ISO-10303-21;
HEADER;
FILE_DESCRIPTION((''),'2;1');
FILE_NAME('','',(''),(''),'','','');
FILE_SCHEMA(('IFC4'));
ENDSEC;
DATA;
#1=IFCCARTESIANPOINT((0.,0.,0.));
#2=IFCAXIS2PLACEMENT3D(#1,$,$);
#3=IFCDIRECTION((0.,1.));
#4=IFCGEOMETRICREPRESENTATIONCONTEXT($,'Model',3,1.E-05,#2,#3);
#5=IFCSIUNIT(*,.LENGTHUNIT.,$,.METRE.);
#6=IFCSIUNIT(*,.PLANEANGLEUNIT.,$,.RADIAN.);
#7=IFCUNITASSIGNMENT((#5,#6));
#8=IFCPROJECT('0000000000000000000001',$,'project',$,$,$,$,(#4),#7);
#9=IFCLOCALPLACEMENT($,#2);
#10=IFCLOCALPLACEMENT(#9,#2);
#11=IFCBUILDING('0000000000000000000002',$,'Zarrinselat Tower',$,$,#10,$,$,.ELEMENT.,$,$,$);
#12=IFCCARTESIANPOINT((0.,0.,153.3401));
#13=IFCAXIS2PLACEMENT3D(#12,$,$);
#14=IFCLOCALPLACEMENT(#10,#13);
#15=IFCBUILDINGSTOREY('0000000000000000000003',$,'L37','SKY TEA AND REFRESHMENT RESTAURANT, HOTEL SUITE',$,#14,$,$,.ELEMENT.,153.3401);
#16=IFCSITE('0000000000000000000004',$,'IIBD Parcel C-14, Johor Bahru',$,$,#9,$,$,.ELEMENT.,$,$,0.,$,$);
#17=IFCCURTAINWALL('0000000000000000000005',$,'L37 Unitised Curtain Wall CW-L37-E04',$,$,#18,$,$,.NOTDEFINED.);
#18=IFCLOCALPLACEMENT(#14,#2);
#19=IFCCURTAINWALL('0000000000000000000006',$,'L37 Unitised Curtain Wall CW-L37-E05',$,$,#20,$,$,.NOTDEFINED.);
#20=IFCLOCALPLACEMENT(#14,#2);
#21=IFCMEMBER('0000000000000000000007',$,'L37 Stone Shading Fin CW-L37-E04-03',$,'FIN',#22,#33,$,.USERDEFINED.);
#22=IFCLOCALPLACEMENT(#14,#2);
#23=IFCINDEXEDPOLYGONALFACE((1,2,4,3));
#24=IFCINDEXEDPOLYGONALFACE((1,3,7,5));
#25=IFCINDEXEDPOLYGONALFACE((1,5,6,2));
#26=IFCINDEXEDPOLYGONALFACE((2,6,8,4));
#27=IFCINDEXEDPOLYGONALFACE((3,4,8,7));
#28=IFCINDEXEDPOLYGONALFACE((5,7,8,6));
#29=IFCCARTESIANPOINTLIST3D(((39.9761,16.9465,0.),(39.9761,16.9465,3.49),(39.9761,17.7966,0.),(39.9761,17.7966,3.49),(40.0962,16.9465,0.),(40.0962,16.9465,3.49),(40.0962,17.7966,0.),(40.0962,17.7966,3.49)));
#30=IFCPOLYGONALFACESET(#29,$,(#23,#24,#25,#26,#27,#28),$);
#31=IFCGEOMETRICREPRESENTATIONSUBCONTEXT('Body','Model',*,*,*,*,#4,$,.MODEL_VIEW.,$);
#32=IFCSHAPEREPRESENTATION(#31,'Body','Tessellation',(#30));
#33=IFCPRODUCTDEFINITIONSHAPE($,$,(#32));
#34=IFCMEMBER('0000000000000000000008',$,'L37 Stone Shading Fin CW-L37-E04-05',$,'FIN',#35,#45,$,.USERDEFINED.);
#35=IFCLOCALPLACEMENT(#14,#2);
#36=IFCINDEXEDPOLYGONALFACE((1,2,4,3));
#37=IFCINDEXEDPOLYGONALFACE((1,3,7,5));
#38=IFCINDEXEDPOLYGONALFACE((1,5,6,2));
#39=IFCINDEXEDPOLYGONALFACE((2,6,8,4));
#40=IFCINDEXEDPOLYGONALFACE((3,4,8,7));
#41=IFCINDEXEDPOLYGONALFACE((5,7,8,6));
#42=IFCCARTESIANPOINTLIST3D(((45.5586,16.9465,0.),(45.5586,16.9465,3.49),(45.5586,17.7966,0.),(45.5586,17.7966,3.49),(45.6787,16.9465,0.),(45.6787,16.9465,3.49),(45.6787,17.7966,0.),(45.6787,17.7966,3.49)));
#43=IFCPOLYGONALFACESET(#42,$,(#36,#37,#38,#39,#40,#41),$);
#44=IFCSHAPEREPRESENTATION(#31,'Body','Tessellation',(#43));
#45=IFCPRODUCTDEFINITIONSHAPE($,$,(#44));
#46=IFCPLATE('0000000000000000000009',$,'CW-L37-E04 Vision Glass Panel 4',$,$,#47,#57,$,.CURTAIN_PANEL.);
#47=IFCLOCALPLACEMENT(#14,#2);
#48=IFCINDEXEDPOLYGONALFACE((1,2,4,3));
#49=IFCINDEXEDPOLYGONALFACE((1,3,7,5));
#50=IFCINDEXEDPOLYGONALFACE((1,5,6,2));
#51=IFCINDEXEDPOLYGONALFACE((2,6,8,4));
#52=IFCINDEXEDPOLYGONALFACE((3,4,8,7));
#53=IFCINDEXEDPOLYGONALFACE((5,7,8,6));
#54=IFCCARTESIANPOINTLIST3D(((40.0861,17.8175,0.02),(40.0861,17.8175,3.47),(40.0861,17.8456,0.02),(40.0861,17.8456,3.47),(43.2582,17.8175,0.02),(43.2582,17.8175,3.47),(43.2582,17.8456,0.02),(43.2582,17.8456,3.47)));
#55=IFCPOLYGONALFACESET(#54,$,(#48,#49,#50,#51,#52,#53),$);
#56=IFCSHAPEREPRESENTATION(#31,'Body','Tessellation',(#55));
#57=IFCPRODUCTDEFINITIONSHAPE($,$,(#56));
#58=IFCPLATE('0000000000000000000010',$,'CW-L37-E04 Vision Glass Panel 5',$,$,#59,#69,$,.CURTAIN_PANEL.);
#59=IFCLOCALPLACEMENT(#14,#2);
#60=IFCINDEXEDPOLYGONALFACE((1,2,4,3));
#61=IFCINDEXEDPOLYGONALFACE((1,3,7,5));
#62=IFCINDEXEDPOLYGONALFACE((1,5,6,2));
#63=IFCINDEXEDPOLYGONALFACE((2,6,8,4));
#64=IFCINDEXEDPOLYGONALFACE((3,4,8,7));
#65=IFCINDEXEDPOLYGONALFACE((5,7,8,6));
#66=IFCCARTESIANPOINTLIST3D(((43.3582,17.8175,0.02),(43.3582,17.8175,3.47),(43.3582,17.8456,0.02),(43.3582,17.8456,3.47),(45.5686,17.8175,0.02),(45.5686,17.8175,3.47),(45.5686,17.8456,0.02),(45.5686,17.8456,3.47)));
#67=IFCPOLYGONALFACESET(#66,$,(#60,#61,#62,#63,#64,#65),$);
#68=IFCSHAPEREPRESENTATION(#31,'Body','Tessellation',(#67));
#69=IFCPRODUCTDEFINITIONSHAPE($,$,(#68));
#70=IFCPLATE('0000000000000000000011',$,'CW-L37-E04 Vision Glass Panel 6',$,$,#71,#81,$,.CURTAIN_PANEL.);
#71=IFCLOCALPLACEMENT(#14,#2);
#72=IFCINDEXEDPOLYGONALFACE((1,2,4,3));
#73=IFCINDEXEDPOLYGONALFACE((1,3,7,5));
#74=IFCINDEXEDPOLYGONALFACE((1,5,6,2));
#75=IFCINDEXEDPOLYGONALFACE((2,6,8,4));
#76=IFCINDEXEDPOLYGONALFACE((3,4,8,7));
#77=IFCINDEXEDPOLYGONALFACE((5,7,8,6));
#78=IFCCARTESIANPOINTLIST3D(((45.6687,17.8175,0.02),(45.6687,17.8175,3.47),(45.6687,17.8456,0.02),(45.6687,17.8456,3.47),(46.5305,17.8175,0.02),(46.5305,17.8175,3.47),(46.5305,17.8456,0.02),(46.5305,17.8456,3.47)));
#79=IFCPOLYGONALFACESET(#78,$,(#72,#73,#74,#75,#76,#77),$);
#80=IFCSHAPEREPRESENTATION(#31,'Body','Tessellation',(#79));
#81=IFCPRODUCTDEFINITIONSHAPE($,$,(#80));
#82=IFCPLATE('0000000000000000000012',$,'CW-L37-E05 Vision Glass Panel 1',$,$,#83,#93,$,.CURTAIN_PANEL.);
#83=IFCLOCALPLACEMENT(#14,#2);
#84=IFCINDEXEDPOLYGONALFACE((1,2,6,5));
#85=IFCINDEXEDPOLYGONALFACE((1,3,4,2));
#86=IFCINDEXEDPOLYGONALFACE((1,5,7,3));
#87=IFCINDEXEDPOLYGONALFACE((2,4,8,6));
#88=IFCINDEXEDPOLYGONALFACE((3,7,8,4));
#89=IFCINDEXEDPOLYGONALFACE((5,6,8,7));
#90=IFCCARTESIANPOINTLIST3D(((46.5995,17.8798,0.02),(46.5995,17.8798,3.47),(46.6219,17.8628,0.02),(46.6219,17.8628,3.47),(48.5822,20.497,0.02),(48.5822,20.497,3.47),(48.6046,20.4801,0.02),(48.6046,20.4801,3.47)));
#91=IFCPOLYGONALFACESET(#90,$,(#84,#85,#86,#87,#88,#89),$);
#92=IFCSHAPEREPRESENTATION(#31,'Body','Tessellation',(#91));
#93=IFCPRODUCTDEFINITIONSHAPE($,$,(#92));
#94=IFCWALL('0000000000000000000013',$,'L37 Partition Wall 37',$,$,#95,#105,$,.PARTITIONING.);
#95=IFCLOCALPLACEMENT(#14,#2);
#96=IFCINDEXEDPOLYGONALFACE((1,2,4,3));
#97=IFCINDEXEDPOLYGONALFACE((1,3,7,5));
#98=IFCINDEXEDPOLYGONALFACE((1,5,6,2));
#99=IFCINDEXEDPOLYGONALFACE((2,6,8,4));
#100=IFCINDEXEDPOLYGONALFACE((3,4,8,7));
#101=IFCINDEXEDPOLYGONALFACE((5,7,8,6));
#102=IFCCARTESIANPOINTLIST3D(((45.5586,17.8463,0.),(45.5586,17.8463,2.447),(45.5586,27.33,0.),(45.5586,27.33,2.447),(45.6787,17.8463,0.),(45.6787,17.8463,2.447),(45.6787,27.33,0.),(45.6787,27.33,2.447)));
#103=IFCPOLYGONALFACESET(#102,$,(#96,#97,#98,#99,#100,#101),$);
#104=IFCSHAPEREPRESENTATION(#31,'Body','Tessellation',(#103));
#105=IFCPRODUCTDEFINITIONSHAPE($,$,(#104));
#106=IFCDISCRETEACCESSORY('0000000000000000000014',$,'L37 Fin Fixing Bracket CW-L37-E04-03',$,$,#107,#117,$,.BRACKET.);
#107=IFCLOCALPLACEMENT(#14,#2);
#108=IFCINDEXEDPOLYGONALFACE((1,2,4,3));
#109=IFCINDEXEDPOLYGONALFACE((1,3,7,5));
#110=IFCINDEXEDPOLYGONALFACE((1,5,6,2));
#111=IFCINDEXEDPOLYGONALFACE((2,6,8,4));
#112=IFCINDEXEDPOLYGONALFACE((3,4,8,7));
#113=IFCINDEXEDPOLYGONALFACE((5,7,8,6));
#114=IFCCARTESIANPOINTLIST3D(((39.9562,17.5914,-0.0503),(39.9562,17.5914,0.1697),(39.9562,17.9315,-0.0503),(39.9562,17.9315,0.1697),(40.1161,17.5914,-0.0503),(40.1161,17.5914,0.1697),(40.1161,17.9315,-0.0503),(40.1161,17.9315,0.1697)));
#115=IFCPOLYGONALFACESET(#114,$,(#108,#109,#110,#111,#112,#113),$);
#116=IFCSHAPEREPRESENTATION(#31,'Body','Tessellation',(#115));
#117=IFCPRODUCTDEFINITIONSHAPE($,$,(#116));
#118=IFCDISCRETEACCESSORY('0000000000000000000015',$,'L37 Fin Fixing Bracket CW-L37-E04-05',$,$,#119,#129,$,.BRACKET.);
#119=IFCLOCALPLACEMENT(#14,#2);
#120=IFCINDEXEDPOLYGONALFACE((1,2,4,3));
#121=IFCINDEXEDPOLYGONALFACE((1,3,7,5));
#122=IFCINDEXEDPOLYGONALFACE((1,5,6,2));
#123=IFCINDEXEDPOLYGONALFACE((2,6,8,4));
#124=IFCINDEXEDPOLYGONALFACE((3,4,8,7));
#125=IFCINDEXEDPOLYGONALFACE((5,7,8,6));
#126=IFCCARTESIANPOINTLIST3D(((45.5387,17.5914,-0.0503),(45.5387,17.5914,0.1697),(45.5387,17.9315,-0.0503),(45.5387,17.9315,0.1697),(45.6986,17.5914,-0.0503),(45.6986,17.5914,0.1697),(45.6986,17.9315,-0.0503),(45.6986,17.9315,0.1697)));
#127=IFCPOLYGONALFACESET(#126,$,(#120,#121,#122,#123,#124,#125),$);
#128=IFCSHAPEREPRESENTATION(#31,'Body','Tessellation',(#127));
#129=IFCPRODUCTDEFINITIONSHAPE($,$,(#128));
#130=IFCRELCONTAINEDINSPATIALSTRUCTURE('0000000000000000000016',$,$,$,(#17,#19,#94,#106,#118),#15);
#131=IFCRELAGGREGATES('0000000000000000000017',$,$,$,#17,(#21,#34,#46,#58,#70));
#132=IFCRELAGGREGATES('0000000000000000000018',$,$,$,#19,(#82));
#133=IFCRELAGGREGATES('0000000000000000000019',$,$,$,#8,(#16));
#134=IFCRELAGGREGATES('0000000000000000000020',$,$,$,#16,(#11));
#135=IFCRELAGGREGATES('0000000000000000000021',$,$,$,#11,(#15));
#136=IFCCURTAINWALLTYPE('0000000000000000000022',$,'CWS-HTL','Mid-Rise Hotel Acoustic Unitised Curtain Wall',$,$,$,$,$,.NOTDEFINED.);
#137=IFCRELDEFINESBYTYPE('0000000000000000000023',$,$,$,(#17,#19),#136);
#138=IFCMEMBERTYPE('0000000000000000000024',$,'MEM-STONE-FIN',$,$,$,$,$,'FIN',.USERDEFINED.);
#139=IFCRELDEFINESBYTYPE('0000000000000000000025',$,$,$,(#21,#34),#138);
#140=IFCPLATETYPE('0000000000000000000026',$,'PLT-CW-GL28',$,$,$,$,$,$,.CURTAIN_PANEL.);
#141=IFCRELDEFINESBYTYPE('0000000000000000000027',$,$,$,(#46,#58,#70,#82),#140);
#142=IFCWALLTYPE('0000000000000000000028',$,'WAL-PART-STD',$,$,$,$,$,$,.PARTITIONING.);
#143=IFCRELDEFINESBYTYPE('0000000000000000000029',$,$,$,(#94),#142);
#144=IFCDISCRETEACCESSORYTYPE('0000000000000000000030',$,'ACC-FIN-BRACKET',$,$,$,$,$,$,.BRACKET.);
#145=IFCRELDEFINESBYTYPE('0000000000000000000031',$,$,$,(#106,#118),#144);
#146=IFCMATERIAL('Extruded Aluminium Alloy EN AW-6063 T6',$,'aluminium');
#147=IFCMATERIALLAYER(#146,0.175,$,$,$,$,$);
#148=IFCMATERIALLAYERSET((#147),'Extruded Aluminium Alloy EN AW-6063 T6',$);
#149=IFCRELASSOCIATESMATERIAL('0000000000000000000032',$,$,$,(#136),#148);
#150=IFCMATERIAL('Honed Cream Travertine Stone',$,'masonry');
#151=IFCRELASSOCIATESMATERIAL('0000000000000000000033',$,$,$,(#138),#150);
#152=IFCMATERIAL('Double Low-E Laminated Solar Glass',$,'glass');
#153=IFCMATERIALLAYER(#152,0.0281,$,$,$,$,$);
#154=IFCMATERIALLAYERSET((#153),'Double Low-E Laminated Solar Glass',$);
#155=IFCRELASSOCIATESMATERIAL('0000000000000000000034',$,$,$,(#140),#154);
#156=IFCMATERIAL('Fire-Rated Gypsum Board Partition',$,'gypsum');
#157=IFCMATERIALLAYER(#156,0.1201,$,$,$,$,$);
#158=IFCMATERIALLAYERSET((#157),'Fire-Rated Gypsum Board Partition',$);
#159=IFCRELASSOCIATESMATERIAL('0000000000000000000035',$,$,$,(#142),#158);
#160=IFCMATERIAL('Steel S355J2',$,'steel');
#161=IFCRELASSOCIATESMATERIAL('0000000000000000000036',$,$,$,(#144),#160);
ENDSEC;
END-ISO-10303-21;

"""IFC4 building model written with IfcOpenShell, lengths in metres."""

from ifc_helpers import new_model, si_unit, direction, frame, frame_2d, origin, origin_2d, place, context, subcontext, project, spatial, rectangle, extrude, material, layer, layer_set, material_profile, profile_set, type_object, element, aggregate, save


model = new_model("IFC4")

# Units and contexts
model_context = context("Model", 3, precision=1e-05, world=origin(), true_north=direction((0.0, 1.0)))
body_context = subcontext(model_context, "Body", "Model", "MODEL_VIEW")
ifc_project = project(units=[si_unit("LENGTHUNIT", "METRE"), si_unit("PLANEANGLEUNIT", "RADIAN")], contexts=[model_context])

# Site, building, storey
site_placement = place(None, origin())
site = spatial("IfcSite", under=ifc_project, at=site_placement, Name="IIBD Parcel C-14, Johor Bahru", CompositionType="ELEMENT", RefElevation=0.0)
building_placement = place(site_placement, origin())
building = spatial("IfcBuilding", under=site, at=building_placement, Name="Zarrinselat Tower", CompositionType="ELEMENT")
storey_placement = place(building_placement, frame((0.0, 0.0, 153.3401)))
storey = spatial("IfcBuildingStorey", under=building, at=storey_placement, Name="L37", Description="SKY TEA AND REFRESHMENT RESTAURANT, HOTEL SUITE", CompositionType="ELEMENT", Elevation=153.3401)

# Curtain walls
ifc_material_1 = material(Name="Extruded Aluminium Alloy EN AW-6063 T6", Category="aluminium")
ifc_layer_1 = layer(ifc_material_1, 0.175)
ifc_layer_set_1 = layer_set([ifc_layer_1], Name="Extruded Aluminium Alloy EN AW-6063 T6")
curtain_wall_type = type_object("IfcCurtainWallType", Name="CWS-HTL", Description="Mid-Rise Hotel Acoustic Unitised Curtain Wall", PredefinedType="NOTDEFINED", material=ifc_layer_set_1)
curtain_wall_1_placement = place(storey_placement, origin())
curtain_wall_1 = element("IfcCurtainWall", 1, at=curtain_wall_1_placement, inside=storey, type_object=curtain_wall_type, Name="L37 Unitised Curtain Wall CW-L37-E04", PredefinedType="NOTDEFINED")
curtain_wall_2_placement = place(storey_placement, origin())
curtain_wall_2 = element("IfcCurtainWall", 2, at=curtain_wall_2_placement, inside=storey, type_object=curtain_wall_type, Name="L37 Unitised Curtain Wall CW-L37-E05", PredefinedType="NOTDEFINED")

# Members
ifc_material_2 = material(Name="Honed Cream Travertine Stone", Category="masonry")
ifc_material_profile_1 = material_profile(ifc_material_2, rectangle(XDim=0.1201, YDim=0.8501, at=origin_2d()), Name="FIN 850x120")
ifc_profile_set_1 = profile_set([ifc_material_profile_1], Name="Honed Cream Travertine Stone")
member_type_1 = type_object("IfcMemberType", Name="MEM-STONE-FIN", ElementType="FIN", PredefinedType="USERDEFINED", material=ifc_profile_set_1)
member_1_placement = place(storey_placement, frame((40.0361, 17.3716, 0.0), z_axis=(0.0, 0.0, 1.0), x_axis=(-1.0, 0.0, 0.0)))
member_1 = element("IfcMember", 3, at=member_1_placement, type_object=member_type_1, Name="L37 Stone Shading Fin CW-L37-E04-03", ObjectType="FIN", PredefinedType="USERDEFINED", context=body_context, shape_type="SweptSolid", body=[
    extrude(rectangle(XDim=0.1201, YDim=0.8501, at=origin_2d()), origin(), (0.0, 0.0, 1.0), 3.49),
])
member_2_placement = place(storey_placement, frame((45.6187, 17.3716, 0.0), z_axis=(0.0, 0.0, 1.0), x_axis=(-1.0, 0.0, 0.0)))
member_2 = element("IfcMember", 4, at=member_2_placement, type_object=member_type_1, Name="L37 Stone Shading Fin CW-L37-E04-05", ObjectType="FIN", PredefinedType="USERDEFINED", context=body_context, shape_type="SweptSolid", body=[
    extrude(rectangle(XDim=0.1201, YDim=0.8501, at=origin_2d()), origin(), (0.0, 0.0, 1.0), 3.49),
])

# Plates
ifc_material_3 = material(Name="Double Low-E Laminated Solar Glass", Category="glass")
ifc_layer_2 = layer(ifc_material_3, 0.0281)
ifc_layer_set_2 = layer_set([ifc_layer_2], Name="Double Low-E Laminated Solar Glass")
plate_type = type_object("IfcPlateType", Name="PLT-CW-GL28", PredefinedType="CURTAIN_PANEL", material=ifc_layer_set_2)
plate_1_placement = place(storey_placement, frame((41.6721, 17.8315, 0.02), z_axis=(0.0, 0.0, 1.0), x_axis=(1.0, 0.0, 0.0)))
plate_1 = element("IfcPlate", 5, at=plate_1_placement, type_object=plate_type, Name="CW-L37-E04 Vision Glass Panel 4", PredefinedType="CURTAIN_PANEL", context=body_context, shape_type="SweptSolid", body=[
    extrude(rectangle(XDim=3.1721, YDim=0.0281, at=origin_2d()), origin(), (0.0, 0.0, 1.0), 3.45),
])
plate_2_placement = place(storey_placement, frame((44.4634, 17.8315, 0.02), z_axis=(0.0, 0.0, 1.0), x_axis=(1.0, 0.0, 0.0)))
plate_2 = element("IfcPlate", 6, at=plate_2_placement, type_object=plate_type, Name="CW-L37-E04 Vision Glass Panel 5", PredefinedType="CURTAIN_PANEL", context=body_context, shape_type="SweptSolid", body=[
    extrude(rectangle(XDim=2.2104, YDim=0.0281, at=origin_2d()), origin(), (0.0, 0.0, 1.0), 3.45),
])
plate_3_placement = place(storey_placement, frame((46.0996, 17.8315, 0.02), z_axis=(0.0, 0.0, 1.0), x_axis=(1.0, 0.0, 0.0)))
plate_3 = element("IfcPlate", 7, at=plate_3_placement, type_object=plate_type, Name="CW-L37-E04 Vision Glass Panel 6", PredefinedType="CURTAIN_PANEL", context=body_context, shape_type="SweptSolid", body=[
    extrude(rectangle(XDim=0.8618, YDim=0.0281, at=origin_2d()), origin(), (0.0, 0.0, 1.0), 3.45),
])
aggregate(curtain_wall_1, [member_1, member_2, plate_1, plate_2, plate_3])
plate_4_placement = place(storey_placement, frame((47.6021, 19.1799, 0.02), z_axis=(0.0, 0.0, 1.0), x_axis=(0.603858, 0.797092, 0.0)))
plate_4 = element("IfcPlate", 8, at=plate_4_placement, type_object=plate_type, Name="CW-L37-E05 Vision Glass Panel 1", PredefinedType="CURTAIN_PANEL", context=body_context, shape_type="SweptSolid", body=[
    extrude(rectangle(XDim=3.2834, YDim=0.0281, at=origin_2d()), origin(), (0.0, 0.0, 1.0), 3.45),
])
aggregate(curtain_wall_2, [plate_4])

# Wall
ifc_material_4 = material(Name="Fire-Rated Gypsum Board Partition", Category="gypsum")
ifc_layer_3 = layer(ifc_material_4, 0.1201)
ifc_layer_set_3 = layer_set([ifc_layer_3], Name="Fire-Rated Gypsum Board Partition")
wall_type = type_object("IfcWallType", Name="WAL-PART-STD", PredefinedType="PARTITIONING", material=ifc_layer_set_3)
wall_placement = place(storey_placement, frame((45.6187, 17.8464, 0.0), z_axis=(0.0, 0.0, 1.0), x_axis=(0.0, 1.0, 0.0)))
element("IfcWall", 9, at=wall_placement, inside=storey, type_object=wall_type, Name="L37 Partition Wall 37", PredefinedType="PARTITIONING", context=body_context, shape_type="SweptSolid", body=[
    extrude(rectangle(XDim=9.4836, YDim=0.1201, at=frame_2d((4.7417, 0.0))), origin(), (0.0, 0.0, 1.0), 2.447),
])

# Discrete accessories
ifc_material_5 = material(Name="Steel S355J2", Category="steel")
discrete_accessory_type = type_object("IfcDiscreteAccessoryType", Name="ACC-FIN-BRACKET", PredefinedType="BRACKET", material=ifc_material_5)
for number, where, z_axis, x_axis, name in (
    (10, (40.0361, 17.7615, -0.0503), (0.0, 0.0, 1.0), (0.0, -1.0, 0.0), "L37 Fin Fixing Bracket CW-L37-E04-03"),
    (11, (45.6187, 17.7615, -0.0503), (0.0, 0.0, 1.0), (0.0, -1.0, 0.0), "L37 Fin Fixing Bracket CW-L37-E04-05"),
):
    element("IfcDiscreteAccessory", number, at=place(storey_placement, frame(where, z_axis=z_axis, x_axis=x_axis)), inside=storey, type_object=discrete_accessory_type, Name=name, PredefinedType="BRACKET", context=body_context, shape_type="SweptSolid", body=[
        extrude(rectangle(XDim=0.3401, YDim=0.1599, at=origin_2d()), origin(), (0.0, 0.0, 1.0), 0.22),
    ])

save(model, "model.ifc")
